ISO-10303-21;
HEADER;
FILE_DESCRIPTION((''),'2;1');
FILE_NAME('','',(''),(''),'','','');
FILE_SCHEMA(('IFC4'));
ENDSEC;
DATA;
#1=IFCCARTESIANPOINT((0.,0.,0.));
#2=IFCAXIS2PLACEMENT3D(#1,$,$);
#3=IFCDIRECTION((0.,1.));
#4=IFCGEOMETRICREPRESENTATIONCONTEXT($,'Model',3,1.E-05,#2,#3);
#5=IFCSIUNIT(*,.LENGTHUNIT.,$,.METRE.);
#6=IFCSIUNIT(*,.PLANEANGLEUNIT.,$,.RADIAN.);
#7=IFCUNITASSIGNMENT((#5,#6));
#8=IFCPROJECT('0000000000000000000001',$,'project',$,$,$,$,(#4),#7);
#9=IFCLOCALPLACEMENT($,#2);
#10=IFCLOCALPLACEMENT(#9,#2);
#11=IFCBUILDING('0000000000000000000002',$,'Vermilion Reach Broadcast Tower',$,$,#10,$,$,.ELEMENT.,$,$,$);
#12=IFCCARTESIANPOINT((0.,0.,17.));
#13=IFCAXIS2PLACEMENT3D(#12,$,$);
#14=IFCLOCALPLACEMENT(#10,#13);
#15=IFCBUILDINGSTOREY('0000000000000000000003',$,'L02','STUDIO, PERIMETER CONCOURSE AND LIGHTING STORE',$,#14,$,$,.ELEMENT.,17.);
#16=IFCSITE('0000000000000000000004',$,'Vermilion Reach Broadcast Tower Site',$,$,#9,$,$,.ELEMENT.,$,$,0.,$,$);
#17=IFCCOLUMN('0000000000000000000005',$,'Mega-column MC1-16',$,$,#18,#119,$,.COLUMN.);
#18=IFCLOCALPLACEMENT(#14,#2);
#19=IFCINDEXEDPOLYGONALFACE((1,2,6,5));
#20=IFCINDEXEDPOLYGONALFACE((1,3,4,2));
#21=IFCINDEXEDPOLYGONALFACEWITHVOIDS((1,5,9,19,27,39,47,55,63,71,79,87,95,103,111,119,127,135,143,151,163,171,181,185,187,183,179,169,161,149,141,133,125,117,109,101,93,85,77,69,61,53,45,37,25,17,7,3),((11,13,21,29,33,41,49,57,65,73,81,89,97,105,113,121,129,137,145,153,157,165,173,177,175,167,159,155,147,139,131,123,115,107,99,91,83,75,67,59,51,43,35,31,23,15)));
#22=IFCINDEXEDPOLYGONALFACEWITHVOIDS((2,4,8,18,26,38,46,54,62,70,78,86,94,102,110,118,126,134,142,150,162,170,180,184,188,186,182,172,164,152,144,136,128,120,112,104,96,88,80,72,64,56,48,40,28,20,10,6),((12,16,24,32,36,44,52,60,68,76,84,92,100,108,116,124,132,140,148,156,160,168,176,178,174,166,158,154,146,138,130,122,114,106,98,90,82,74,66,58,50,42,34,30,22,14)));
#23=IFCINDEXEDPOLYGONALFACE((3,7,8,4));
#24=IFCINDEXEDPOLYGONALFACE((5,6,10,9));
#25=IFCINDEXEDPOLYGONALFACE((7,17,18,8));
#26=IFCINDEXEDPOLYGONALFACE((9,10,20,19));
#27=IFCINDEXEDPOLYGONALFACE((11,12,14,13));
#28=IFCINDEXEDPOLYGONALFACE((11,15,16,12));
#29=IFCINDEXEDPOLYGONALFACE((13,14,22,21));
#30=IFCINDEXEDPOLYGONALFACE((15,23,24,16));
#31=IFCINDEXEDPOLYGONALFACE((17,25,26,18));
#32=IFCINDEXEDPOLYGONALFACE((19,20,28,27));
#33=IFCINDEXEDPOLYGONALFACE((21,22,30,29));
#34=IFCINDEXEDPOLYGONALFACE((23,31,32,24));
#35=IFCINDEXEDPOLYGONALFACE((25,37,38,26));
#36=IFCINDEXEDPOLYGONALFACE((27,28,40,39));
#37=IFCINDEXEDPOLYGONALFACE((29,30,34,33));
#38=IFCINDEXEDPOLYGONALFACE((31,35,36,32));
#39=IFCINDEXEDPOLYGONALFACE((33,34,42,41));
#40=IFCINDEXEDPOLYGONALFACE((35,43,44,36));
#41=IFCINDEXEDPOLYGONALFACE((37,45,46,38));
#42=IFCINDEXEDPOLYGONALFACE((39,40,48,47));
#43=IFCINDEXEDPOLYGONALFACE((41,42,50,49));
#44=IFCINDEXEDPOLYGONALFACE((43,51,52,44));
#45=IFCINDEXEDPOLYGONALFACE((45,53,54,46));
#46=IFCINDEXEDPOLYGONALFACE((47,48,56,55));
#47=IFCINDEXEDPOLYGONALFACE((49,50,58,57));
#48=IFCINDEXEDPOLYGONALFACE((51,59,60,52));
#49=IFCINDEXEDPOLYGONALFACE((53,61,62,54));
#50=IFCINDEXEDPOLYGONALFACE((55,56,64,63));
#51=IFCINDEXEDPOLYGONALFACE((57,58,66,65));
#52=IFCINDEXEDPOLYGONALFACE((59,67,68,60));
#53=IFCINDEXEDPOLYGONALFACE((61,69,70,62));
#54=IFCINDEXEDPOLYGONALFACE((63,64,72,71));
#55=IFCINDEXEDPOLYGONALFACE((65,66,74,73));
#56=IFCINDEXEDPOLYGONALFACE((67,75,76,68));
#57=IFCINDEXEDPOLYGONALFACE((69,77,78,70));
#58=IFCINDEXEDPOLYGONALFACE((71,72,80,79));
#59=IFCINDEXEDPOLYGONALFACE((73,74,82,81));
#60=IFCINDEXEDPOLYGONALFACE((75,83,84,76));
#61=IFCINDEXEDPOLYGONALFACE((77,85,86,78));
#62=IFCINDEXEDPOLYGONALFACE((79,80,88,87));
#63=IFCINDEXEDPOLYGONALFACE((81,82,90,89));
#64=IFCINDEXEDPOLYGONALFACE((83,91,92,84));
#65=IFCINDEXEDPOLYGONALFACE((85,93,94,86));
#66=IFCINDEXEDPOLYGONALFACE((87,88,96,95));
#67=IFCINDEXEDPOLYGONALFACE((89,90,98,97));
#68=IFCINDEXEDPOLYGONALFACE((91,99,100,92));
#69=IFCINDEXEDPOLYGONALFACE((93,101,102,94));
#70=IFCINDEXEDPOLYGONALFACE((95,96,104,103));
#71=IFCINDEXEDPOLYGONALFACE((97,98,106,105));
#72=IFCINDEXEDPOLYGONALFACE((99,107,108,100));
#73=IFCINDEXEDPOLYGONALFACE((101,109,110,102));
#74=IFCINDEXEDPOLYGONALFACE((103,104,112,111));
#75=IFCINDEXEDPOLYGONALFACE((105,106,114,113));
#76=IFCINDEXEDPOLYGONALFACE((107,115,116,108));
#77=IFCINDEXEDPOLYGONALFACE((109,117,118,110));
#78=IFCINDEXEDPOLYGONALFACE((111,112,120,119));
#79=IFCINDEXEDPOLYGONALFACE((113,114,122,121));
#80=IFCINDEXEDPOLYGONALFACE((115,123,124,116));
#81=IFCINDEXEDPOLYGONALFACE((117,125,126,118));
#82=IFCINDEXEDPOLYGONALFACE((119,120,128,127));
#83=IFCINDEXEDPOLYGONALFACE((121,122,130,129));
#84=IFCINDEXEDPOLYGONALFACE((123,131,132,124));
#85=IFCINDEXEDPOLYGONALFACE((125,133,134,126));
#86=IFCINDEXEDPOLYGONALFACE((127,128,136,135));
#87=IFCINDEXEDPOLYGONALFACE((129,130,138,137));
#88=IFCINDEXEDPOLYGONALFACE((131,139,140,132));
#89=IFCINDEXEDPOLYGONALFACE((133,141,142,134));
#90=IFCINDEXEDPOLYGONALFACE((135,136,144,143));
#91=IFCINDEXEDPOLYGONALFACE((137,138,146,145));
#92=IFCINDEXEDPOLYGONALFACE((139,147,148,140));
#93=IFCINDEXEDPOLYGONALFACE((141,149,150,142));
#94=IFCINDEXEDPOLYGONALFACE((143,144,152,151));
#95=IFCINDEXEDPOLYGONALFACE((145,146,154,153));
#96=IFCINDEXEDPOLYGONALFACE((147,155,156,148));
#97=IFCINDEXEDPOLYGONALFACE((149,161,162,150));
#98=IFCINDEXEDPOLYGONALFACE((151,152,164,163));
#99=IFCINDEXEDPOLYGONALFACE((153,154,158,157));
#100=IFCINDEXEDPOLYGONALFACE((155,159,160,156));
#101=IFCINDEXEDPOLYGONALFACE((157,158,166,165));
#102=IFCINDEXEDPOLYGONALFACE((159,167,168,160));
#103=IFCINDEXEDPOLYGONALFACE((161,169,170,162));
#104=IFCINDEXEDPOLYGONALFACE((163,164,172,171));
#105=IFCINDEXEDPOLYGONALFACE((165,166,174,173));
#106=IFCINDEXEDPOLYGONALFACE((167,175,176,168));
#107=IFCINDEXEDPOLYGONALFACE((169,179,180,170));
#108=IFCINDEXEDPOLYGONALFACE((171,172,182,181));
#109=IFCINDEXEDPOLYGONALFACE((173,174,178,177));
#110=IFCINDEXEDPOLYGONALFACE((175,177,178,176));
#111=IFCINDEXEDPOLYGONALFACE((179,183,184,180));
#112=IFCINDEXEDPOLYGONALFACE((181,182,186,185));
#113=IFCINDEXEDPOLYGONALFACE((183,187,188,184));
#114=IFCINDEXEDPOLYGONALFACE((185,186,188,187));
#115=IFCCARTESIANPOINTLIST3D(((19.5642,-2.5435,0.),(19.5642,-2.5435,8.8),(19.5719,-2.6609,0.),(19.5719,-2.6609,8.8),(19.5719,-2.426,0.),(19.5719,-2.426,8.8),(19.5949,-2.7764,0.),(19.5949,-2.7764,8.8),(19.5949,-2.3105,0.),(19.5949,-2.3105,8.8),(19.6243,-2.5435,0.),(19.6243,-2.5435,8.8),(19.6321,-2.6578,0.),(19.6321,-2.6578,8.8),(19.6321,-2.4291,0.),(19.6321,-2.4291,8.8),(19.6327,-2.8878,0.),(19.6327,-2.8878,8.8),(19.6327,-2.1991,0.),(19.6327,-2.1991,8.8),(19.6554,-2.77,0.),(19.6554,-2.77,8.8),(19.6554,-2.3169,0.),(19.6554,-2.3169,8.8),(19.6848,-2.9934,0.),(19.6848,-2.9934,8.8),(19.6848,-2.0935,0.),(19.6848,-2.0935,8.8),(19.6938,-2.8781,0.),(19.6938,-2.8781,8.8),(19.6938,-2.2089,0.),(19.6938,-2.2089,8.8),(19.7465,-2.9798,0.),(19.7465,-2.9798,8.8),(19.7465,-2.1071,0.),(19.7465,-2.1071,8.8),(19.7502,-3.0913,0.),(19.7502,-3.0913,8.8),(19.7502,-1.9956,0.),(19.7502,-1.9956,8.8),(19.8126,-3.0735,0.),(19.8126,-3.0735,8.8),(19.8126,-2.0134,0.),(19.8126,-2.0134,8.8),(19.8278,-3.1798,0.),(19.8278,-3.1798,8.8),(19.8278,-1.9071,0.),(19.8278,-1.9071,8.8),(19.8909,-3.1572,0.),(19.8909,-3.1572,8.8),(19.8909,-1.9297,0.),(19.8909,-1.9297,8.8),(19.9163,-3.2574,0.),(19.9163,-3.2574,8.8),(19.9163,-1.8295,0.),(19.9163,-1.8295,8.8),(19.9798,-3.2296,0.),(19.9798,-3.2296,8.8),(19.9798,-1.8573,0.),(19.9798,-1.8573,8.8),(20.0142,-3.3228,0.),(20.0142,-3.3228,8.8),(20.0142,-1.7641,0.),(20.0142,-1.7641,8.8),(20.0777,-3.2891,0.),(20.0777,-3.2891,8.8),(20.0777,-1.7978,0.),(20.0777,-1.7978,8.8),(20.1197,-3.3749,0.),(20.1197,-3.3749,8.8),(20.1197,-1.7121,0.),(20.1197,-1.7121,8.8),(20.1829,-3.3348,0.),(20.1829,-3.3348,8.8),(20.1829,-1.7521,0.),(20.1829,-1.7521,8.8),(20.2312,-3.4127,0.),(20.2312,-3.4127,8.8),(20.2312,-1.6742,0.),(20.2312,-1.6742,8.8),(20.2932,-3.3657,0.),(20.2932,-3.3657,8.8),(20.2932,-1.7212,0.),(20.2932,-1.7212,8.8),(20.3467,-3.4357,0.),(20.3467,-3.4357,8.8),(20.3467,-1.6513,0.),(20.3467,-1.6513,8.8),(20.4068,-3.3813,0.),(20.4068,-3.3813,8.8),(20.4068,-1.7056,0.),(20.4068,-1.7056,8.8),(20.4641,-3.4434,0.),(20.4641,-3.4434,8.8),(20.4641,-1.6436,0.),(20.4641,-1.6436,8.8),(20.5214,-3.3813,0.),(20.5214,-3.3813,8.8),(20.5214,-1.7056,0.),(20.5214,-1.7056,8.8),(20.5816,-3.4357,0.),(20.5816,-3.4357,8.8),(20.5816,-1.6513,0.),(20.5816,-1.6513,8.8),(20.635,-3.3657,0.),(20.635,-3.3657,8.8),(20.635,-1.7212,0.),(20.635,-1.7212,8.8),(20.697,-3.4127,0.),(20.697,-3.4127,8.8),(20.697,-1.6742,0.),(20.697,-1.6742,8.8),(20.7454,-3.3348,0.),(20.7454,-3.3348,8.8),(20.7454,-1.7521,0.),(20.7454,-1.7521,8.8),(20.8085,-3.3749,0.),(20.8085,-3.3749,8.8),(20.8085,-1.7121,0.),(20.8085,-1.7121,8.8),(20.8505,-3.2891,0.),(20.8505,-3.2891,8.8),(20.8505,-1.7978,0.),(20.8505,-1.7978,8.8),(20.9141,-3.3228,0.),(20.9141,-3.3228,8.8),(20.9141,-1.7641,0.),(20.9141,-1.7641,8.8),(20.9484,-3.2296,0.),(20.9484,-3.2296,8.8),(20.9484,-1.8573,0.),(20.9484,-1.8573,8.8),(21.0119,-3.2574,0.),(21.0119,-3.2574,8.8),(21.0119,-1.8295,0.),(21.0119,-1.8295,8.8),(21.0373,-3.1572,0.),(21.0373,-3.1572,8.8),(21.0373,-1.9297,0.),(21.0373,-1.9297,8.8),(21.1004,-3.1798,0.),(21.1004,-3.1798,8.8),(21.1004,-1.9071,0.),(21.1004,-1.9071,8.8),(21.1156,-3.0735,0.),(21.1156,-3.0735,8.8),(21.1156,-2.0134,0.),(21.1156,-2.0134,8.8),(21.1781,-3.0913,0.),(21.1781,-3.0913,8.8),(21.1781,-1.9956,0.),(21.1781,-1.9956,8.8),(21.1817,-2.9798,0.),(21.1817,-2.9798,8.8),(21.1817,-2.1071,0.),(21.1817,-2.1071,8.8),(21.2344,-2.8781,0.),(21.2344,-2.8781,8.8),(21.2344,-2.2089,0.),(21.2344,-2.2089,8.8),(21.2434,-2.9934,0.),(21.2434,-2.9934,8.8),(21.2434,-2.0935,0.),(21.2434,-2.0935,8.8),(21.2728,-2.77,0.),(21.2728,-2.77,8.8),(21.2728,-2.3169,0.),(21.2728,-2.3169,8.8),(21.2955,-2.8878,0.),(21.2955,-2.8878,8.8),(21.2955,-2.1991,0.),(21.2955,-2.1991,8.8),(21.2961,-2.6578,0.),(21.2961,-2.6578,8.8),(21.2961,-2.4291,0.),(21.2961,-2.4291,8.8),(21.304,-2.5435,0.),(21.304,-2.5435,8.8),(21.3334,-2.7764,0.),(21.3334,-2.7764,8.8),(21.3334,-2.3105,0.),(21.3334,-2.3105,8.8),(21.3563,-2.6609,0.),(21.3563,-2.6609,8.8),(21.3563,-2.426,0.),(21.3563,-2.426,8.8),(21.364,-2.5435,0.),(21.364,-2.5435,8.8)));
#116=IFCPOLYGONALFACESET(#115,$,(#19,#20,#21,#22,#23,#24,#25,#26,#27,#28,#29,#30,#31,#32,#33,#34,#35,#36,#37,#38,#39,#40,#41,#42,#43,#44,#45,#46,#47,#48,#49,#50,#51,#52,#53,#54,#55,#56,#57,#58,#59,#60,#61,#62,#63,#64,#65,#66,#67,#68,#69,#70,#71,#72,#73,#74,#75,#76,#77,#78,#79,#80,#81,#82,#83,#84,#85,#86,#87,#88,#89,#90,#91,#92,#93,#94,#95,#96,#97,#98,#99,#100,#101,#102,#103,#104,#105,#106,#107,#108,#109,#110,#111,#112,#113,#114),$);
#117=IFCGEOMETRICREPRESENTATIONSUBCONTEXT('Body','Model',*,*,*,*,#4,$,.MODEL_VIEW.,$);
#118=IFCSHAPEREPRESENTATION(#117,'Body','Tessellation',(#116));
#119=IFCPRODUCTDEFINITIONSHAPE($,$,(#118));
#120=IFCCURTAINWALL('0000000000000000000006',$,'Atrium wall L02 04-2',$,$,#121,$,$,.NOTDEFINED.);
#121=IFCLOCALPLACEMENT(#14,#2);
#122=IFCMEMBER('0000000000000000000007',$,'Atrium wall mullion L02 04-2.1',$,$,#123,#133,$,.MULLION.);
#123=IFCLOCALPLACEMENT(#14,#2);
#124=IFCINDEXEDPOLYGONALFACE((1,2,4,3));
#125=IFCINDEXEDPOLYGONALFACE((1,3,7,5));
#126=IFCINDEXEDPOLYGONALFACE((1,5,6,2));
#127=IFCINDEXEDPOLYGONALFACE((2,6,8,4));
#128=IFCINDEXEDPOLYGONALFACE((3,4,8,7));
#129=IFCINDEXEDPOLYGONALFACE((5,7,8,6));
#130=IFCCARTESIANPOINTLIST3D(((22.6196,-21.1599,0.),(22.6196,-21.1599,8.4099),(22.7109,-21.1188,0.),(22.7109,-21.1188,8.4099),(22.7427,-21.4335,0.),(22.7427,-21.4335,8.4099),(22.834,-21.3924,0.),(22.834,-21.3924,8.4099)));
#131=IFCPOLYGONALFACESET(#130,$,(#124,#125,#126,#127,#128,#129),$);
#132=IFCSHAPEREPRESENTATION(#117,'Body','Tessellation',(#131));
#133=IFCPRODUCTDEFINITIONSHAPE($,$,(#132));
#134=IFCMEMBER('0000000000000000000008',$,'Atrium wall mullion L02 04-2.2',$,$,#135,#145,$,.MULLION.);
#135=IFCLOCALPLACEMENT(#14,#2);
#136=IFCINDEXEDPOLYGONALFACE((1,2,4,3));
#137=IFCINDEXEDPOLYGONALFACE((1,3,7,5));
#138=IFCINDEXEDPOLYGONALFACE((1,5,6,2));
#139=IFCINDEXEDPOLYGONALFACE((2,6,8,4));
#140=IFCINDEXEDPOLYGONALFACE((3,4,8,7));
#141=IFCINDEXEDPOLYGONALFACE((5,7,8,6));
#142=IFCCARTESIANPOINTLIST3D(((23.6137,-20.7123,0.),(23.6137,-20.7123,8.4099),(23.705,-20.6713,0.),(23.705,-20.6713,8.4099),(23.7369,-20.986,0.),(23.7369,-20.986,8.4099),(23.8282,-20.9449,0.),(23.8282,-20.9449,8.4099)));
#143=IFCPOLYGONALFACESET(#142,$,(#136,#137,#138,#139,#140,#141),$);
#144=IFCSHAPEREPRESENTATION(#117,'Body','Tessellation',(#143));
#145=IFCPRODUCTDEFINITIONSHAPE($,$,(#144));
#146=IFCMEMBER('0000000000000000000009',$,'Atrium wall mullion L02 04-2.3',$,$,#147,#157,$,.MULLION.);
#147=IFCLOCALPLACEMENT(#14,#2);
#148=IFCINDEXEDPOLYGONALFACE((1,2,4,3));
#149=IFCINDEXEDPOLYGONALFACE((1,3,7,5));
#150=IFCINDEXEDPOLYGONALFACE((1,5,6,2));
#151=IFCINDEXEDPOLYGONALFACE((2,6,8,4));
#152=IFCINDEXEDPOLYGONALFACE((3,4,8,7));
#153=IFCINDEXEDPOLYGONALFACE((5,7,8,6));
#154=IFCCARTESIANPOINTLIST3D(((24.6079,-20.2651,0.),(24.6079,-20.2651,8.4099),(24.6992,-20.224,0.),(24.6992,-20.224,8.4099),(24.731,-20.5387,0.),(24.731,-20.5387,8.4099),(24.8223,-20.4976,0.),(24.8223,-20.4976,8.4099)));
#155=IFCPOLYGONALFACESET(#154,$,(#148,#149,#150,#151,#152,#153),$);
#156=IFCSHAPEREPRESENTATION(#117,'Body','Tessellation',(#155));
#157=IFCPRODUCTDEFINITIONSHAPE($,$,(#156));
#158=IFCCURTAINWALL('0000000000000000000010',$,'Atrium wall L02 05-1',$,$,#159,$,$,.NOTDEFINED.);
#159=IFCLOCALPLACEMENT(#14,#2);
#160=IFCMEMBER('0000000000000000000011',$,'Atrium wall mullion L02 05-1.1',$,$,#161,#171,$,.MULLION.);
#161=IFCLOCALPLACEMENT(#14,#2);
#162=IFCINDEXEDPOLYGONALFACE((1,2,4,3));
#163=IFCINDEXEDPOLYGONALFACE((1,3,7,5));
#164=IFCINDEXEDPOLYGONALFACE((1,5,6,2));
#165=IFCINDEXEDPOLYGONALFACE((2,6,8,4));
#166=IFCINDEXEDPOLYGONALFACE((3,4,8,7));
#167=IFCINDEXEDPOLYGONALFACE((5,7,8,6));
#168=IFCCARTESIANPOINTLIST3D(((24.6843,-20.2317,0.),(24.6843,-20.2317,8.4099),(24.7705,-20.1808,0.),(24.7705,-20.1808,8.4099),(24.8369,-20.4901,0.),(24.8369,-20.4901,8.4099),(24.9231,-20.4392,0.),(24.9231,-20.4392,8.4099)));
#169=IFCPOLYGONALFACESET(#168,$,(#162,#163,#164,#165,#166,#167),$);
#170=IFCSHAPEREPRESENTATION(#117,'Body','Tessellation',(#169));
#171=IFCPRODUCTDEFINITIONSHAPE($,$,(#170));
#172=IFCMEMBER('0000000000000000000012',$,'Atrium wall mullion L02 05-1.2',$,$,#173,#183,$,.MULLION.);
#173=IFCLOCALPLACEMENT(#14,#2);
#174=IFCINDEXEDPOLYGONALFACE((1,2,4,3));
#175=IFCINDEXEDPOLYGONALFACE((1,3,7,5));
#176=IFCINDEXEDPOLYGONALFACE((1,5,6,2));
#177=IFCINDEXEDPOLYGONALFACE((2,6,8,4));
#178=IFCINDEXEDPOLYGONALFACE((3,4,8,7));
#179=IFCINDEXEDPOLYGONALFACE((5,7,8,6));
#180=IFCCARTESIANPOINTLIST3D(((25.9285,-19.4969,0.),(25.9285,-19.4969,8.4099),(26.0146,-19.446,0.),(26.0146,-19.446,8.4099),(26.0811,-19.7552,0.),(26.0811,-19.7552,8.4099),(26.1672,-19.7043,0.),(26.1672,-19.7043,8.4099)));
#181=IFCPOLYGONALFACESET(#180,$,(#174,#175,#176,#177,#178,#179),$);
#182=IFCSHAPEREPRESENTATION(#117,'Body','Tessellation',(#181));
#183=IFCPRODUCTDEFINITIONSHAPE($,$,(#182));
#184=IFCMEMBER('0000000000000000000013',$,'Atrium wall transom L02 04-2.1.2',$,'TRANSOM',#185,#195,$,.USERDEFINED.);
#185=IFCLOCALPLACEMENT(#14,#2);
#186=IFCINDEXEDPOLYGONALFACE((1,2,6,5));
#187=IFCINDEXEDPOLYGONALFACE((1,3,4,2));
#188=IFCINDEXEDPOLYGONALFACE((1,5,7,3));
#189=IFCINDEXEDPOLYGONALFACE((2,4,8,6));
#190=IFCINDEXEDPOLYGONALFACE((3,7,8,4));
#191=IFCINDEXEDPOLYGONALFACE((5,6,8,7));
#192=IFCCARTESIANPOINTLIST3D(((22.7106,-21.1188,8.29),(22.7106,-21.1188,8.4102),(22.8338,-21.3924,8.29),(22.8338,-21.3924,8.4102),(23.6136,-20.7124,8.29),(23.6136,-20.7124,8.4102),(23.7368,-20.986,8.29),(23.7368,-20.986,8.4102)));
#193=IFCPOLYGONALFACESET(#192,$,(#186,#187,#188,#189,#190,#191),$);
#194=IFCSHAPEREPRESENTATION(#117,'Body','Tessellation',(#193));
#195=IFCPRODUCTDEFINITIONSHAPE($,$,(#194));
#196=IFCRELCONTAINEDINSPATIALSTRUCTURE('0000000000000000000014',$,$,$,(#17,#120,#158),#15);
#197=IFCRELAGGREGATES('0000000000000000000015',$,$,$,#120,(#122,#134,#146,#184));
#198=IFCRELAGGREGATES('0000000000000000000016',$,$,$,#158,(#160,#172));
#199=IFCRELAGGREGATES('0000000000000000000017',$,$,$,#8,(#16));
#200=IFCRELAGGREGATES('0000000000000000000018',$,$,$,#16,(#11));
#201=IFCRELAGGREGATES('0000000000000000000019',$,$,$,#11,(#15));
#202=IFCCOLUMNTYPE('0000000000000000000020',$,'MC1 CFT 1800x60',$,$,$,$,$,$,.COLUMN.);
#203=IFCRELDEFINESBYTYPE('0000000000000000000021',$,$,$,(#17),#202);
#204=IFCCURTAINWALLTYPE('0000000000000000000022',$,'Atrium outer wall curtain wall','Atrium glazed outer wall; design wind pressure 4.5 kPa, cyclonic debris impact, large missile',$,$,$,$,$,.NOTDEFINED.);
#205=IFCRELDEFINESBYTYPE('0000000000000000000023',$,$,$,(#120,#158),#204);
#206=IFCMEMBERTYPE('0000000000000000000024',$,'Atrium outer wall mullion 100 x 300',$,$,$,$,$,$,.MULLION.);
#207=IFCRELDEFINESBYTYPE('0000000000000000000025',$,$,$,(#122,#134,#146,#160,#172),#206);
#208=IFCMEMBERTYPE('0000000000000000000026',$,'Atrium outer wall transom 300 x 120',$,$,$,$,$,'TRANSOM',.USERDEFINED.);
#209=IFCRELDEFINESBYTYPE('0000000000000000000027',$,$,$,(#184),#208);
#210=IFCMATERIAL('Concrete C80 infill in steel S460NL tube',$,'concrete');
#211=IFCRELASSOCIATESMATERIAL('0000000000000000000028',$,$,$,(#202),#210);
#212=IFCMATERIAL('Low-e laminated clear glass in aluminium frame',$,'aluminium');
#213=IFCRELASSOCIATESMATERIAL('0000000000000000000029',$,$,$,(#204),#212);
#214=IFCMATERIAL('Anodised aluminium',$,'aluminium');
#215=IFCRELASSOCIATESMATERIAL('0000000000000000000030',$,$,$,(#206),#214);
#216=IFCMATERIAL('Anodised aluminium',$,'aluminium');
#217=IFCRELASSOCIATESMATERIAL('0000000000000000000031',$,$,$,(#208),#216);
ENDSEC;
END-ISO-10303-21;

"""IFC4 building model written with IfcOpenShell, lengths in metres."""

from ifc_helpers import new_model, si_unit, direction, frame, origin, origin_2d, place, context, subcontext, project, spatial, rectangle, hollow_circle, extrude, material, material_profile, profile_set, type_object, element, aggregate, save


model = new_model("IFC4")

# Units and contexts
model_context = context("Model", 3, precision=1e-05, world=origin(), true_north=direction((0.0, 1.0)))
body_context = subcontext(model_context, "Body", "Model", "MODEL_VIEW")
ifc_project = project(units=[si_unit("LENGTHUNIT", "METRE"), si_unit("PLANEANGLEUNIT", "RADIAN")], contexts=[model_context])

# Site, building, storey
site_placement = place(None, origin())
site = spatial("IfcSite", under=ifc_project, at=site_placement, Name="Vermilion Reach Broadcast Tower Site", CompositionType="ELEMENT", RefElevation=0.0)
building_placement = place(site_placement, origin())
building = spatial("IfcBuilding", under=site, at=building_placement, Name="Vermilion Reach Broadcast Tower", CompositionType="ELEMENT")
storey_placement = place(building_placement, frame((0.0, 0.0, 17.0)))
storey = spatial("IfcBuildingStorey", under=building, at=storey_placement, Name="L02", Description="STUDIO, PERIMETER CONCOURSE AND LIGHTING STORE", CompositionType="ELEMENT", Elevation=17.0)

# Column
ifc_material_1 = material(Name="Concrete C80 infill in steel S460NL tube", Category="concrete")
ifc_material_profile_1 = material_profile(ifc_material_1, hollow_circle(Radius=0.8999, WallThickness=0.0601, at=origin_2d()), Name="Concrete C80 infill in steel S460NL tube CFT 1800x60")
ifc_profile_set_1 = profile_set([ifc_material_profile_1], Name="Concrete C80 infill in steel S460NL tube")
column_type = type_object("IfcColumnType", Name="MC1 CFT 1800x60", PredefinedType="COLUMN", material=ifc_profile_set_1)
for number, where, z_axis, x_axis, name in (
    (1, (20.4641, -2.5435, 0.0), (0.0, 0.0, 1.0), (1.0, 0.0, 0.0), "Mega-column MC1-16"),
):
    element("IfcColumn", number, at=place(storey_placement, frame(where, z_axis=z_axis, x_axis=x_axis)), inside=storey, type_object=column_type, Name=name, PredefinedType="COLUMN", context=body_context, shape_type="SweptSolid", body=[
        extrude(hollow_circle(Radius=0.8999, WallThickness=0.0601, at=origin_2d()), origin(), (0.0, 0.0, 1.0), 8.8),
    ])

# Curtain walls, members
ifc_material_2 = material(Name="Low-e laminated clear glass in aluminium frame", Category="aluminium")
curtain_wall_type = type_object("IfcCurtainWallType", Name="Atrium outer wall curtain wall", Description="Atrium glazed outer wall; design wind pressure 4.5 kPa, cyclonic debris impact, large missile", PredefinedType="NOTDEFINED", material=ifc_material_2)
placement = place(storey_placement, origin())
curtain_wall_1 = element("IfcCurtainWall", 2, at=placement, inside=storey, type_object=curtain_wall_type, Name="Atrium wall L02 04-2", PredefinedType="NOTDEFINED")
ifc_material_3 = material(Name="Anodised aluminium", Category="aluminium")
ifc_material_profile_2 = material_profile(ifc_material_3, rectangle(XDim=0.3, YDim=0.1001, at=origin_2d()), Name="Atrium outer wall mullion 100 x 300")
ifc_profile_set_2 = profile_set([ifc_material_profile_2], Name="Anodised aluminium")
member_type_1 = type_object("IfcMemberType", Name="Atrium outer wall mullion 100 x 300", PredefinedType="MULLION", material=ifc_profile_set_2)
member_1_placement = place(storey_placement, frame((22.7268, -21.2761, 0.0), z_axis=(0.0, 0.0, 1.0), x_axis=(-0.410408, 0.911902, 0.0)))
member_1 = element("IfcMember", 3, at=member_1_placement, type_object=member_type_1, Name="Atrium wall mullion L02 04-2.1", PredefinedType="MULLION", context=body_context, shape_type="SweptSolid", body=[
    extrude(rectangle(XDim=0.3, YDim=0.1001, at=origin_2d()), origin(), (0.0, 0.0, 1.0), 8.4099),
])
member_2_placement = place(storey_placement, frame((23.7209, -20.8286, 0.0), z_axis=(0.0, 0.0, 1.0), x_axis=(-0.410408, 0.911902, 0.0)))
member_2 = element("IfcMember", 4, at=member_2_placement, type_object=member_type_1, Name="Atrium wall mullion L02 04-2.2", PredefinedType="MULLION", context=body_context, shape_type="SweptSolid", body=[
    extrude(rectangle(XDim=0.3, YDim=0.1001, at=origin_2d()), origin(), (0.0, 0.0, 1.0), 8.4099),
])
member_3_placement = place(storey_placement, frame((24.7151, -20.3813, 0.0), z_axis=(0.0, 0.0, 1.0), x_axis=(-0.410408, 0.911902, 0.0)))
member_3 = element("IfcMember", 5, at=member_3_placement, type_object=member_type_1, Name="Atrium wall mullion L02 04-2.3", PredefinedType="MULLION", context=body_context, shape_type="SweptSolid", body=[
    extrude(rectangle(XDim=0.3, YDim=0.1001, at=origin_2d()), origin(), (0.0, 0.0, 1.0), 8.4099),
])
curtain_wall_2 = element("IfcCurtainWall", 6, at=placement, inside=storey, type_object=curtain_wall_type, Name="Atrium wall L02 05-1", PredefinedType="NOTDEFINED")
member_4_placement = place(storey_placement, frame((24.8037, -20.3354, 0.0), z_axis=(0.0, 0.0, 1.0), x_axis=(-0.50859, 0.861009, 0.0)))
member_4 = element("IfcMember", 7, at=member_4_placement, type_object=member_type_1, Name="Atrium wall mullion L02 05-1.1", PredefinedType="MULLION", context=body_context, shape_type="SweptSolid", body=[
    extrude(rectangle(XDim=0.3, YDim=0.1001, at=origin_2d()), origin(), (0.0, 0.0, 1.0), 8.4099),
])
member_5_placement = place(storey_placement, frame((26.0479, -19.6006, 0.0), z_axis=(0.0, 0.0, 1.0), x_axis=(-0.50859, 0.861009, 0.0)))
member_5 = element("IfcMember", 8, at=member_5_placement, type_object=member_type_1, Name="Atrium wall mullion L02 05-1.2", PredefinedType="MULLION", context=body_context, shape_type="SweptSolid", body=[
    extrude(rectangle(XDim=0.3, YDim=0.1001, at=origin_2d()), origin(), (0.0, 0.0, 1.0), 8.4099),
])

# Member
ifc_material_4 = material(Name="Anodised aluminium", Category="aluminium")
ifc_material_profile_3 = material_profile(ifc_material_4, rectangle(XDim=0.3, YDim=0.1201, at=origin_2d()), Name="Atrium outer wall transom 300 x 120")
ifc_profile_set_3 = profile_set([ifc_material_profile_3], Name="Anodised aluminium")
member_type_2 = type_object("IfcMemberType", Name="Atrium outer wall transom 300 x 120", ElementType="TRANSOM", PredefinedType="USERDEFINED", material=ifc_profile_set_3)
member_6_placement = place(storey_placement, frame((22.7722, -21.2556, 8.3501), z_axis=(0.91188, 0.410457, 0.0), x_axis=(-0.410457, 0.91188, 0.0)))
member_6 = element("IfcMember", 9, at=member_6_placement, type_object=member_type_2, Name="Atrium wall transom L02 04-2.1.2", ObjectType="TRANSOM", PredefinedType="USERDEFINED", context=body_context, shape_type="SweptSolid", body=[
    extrude(rectangle(XDim=0.3, YDim=0.1201, at=origin_2d()), origin(), (0.0, 0.0, 1.0), 0.9902),
])

aggregate(curtain_wall_1, [member_1, member_2, member_3, member_6])
aggregate(curtain_wall_2, [member_4, member_5])

save(model, "model.ifc")
